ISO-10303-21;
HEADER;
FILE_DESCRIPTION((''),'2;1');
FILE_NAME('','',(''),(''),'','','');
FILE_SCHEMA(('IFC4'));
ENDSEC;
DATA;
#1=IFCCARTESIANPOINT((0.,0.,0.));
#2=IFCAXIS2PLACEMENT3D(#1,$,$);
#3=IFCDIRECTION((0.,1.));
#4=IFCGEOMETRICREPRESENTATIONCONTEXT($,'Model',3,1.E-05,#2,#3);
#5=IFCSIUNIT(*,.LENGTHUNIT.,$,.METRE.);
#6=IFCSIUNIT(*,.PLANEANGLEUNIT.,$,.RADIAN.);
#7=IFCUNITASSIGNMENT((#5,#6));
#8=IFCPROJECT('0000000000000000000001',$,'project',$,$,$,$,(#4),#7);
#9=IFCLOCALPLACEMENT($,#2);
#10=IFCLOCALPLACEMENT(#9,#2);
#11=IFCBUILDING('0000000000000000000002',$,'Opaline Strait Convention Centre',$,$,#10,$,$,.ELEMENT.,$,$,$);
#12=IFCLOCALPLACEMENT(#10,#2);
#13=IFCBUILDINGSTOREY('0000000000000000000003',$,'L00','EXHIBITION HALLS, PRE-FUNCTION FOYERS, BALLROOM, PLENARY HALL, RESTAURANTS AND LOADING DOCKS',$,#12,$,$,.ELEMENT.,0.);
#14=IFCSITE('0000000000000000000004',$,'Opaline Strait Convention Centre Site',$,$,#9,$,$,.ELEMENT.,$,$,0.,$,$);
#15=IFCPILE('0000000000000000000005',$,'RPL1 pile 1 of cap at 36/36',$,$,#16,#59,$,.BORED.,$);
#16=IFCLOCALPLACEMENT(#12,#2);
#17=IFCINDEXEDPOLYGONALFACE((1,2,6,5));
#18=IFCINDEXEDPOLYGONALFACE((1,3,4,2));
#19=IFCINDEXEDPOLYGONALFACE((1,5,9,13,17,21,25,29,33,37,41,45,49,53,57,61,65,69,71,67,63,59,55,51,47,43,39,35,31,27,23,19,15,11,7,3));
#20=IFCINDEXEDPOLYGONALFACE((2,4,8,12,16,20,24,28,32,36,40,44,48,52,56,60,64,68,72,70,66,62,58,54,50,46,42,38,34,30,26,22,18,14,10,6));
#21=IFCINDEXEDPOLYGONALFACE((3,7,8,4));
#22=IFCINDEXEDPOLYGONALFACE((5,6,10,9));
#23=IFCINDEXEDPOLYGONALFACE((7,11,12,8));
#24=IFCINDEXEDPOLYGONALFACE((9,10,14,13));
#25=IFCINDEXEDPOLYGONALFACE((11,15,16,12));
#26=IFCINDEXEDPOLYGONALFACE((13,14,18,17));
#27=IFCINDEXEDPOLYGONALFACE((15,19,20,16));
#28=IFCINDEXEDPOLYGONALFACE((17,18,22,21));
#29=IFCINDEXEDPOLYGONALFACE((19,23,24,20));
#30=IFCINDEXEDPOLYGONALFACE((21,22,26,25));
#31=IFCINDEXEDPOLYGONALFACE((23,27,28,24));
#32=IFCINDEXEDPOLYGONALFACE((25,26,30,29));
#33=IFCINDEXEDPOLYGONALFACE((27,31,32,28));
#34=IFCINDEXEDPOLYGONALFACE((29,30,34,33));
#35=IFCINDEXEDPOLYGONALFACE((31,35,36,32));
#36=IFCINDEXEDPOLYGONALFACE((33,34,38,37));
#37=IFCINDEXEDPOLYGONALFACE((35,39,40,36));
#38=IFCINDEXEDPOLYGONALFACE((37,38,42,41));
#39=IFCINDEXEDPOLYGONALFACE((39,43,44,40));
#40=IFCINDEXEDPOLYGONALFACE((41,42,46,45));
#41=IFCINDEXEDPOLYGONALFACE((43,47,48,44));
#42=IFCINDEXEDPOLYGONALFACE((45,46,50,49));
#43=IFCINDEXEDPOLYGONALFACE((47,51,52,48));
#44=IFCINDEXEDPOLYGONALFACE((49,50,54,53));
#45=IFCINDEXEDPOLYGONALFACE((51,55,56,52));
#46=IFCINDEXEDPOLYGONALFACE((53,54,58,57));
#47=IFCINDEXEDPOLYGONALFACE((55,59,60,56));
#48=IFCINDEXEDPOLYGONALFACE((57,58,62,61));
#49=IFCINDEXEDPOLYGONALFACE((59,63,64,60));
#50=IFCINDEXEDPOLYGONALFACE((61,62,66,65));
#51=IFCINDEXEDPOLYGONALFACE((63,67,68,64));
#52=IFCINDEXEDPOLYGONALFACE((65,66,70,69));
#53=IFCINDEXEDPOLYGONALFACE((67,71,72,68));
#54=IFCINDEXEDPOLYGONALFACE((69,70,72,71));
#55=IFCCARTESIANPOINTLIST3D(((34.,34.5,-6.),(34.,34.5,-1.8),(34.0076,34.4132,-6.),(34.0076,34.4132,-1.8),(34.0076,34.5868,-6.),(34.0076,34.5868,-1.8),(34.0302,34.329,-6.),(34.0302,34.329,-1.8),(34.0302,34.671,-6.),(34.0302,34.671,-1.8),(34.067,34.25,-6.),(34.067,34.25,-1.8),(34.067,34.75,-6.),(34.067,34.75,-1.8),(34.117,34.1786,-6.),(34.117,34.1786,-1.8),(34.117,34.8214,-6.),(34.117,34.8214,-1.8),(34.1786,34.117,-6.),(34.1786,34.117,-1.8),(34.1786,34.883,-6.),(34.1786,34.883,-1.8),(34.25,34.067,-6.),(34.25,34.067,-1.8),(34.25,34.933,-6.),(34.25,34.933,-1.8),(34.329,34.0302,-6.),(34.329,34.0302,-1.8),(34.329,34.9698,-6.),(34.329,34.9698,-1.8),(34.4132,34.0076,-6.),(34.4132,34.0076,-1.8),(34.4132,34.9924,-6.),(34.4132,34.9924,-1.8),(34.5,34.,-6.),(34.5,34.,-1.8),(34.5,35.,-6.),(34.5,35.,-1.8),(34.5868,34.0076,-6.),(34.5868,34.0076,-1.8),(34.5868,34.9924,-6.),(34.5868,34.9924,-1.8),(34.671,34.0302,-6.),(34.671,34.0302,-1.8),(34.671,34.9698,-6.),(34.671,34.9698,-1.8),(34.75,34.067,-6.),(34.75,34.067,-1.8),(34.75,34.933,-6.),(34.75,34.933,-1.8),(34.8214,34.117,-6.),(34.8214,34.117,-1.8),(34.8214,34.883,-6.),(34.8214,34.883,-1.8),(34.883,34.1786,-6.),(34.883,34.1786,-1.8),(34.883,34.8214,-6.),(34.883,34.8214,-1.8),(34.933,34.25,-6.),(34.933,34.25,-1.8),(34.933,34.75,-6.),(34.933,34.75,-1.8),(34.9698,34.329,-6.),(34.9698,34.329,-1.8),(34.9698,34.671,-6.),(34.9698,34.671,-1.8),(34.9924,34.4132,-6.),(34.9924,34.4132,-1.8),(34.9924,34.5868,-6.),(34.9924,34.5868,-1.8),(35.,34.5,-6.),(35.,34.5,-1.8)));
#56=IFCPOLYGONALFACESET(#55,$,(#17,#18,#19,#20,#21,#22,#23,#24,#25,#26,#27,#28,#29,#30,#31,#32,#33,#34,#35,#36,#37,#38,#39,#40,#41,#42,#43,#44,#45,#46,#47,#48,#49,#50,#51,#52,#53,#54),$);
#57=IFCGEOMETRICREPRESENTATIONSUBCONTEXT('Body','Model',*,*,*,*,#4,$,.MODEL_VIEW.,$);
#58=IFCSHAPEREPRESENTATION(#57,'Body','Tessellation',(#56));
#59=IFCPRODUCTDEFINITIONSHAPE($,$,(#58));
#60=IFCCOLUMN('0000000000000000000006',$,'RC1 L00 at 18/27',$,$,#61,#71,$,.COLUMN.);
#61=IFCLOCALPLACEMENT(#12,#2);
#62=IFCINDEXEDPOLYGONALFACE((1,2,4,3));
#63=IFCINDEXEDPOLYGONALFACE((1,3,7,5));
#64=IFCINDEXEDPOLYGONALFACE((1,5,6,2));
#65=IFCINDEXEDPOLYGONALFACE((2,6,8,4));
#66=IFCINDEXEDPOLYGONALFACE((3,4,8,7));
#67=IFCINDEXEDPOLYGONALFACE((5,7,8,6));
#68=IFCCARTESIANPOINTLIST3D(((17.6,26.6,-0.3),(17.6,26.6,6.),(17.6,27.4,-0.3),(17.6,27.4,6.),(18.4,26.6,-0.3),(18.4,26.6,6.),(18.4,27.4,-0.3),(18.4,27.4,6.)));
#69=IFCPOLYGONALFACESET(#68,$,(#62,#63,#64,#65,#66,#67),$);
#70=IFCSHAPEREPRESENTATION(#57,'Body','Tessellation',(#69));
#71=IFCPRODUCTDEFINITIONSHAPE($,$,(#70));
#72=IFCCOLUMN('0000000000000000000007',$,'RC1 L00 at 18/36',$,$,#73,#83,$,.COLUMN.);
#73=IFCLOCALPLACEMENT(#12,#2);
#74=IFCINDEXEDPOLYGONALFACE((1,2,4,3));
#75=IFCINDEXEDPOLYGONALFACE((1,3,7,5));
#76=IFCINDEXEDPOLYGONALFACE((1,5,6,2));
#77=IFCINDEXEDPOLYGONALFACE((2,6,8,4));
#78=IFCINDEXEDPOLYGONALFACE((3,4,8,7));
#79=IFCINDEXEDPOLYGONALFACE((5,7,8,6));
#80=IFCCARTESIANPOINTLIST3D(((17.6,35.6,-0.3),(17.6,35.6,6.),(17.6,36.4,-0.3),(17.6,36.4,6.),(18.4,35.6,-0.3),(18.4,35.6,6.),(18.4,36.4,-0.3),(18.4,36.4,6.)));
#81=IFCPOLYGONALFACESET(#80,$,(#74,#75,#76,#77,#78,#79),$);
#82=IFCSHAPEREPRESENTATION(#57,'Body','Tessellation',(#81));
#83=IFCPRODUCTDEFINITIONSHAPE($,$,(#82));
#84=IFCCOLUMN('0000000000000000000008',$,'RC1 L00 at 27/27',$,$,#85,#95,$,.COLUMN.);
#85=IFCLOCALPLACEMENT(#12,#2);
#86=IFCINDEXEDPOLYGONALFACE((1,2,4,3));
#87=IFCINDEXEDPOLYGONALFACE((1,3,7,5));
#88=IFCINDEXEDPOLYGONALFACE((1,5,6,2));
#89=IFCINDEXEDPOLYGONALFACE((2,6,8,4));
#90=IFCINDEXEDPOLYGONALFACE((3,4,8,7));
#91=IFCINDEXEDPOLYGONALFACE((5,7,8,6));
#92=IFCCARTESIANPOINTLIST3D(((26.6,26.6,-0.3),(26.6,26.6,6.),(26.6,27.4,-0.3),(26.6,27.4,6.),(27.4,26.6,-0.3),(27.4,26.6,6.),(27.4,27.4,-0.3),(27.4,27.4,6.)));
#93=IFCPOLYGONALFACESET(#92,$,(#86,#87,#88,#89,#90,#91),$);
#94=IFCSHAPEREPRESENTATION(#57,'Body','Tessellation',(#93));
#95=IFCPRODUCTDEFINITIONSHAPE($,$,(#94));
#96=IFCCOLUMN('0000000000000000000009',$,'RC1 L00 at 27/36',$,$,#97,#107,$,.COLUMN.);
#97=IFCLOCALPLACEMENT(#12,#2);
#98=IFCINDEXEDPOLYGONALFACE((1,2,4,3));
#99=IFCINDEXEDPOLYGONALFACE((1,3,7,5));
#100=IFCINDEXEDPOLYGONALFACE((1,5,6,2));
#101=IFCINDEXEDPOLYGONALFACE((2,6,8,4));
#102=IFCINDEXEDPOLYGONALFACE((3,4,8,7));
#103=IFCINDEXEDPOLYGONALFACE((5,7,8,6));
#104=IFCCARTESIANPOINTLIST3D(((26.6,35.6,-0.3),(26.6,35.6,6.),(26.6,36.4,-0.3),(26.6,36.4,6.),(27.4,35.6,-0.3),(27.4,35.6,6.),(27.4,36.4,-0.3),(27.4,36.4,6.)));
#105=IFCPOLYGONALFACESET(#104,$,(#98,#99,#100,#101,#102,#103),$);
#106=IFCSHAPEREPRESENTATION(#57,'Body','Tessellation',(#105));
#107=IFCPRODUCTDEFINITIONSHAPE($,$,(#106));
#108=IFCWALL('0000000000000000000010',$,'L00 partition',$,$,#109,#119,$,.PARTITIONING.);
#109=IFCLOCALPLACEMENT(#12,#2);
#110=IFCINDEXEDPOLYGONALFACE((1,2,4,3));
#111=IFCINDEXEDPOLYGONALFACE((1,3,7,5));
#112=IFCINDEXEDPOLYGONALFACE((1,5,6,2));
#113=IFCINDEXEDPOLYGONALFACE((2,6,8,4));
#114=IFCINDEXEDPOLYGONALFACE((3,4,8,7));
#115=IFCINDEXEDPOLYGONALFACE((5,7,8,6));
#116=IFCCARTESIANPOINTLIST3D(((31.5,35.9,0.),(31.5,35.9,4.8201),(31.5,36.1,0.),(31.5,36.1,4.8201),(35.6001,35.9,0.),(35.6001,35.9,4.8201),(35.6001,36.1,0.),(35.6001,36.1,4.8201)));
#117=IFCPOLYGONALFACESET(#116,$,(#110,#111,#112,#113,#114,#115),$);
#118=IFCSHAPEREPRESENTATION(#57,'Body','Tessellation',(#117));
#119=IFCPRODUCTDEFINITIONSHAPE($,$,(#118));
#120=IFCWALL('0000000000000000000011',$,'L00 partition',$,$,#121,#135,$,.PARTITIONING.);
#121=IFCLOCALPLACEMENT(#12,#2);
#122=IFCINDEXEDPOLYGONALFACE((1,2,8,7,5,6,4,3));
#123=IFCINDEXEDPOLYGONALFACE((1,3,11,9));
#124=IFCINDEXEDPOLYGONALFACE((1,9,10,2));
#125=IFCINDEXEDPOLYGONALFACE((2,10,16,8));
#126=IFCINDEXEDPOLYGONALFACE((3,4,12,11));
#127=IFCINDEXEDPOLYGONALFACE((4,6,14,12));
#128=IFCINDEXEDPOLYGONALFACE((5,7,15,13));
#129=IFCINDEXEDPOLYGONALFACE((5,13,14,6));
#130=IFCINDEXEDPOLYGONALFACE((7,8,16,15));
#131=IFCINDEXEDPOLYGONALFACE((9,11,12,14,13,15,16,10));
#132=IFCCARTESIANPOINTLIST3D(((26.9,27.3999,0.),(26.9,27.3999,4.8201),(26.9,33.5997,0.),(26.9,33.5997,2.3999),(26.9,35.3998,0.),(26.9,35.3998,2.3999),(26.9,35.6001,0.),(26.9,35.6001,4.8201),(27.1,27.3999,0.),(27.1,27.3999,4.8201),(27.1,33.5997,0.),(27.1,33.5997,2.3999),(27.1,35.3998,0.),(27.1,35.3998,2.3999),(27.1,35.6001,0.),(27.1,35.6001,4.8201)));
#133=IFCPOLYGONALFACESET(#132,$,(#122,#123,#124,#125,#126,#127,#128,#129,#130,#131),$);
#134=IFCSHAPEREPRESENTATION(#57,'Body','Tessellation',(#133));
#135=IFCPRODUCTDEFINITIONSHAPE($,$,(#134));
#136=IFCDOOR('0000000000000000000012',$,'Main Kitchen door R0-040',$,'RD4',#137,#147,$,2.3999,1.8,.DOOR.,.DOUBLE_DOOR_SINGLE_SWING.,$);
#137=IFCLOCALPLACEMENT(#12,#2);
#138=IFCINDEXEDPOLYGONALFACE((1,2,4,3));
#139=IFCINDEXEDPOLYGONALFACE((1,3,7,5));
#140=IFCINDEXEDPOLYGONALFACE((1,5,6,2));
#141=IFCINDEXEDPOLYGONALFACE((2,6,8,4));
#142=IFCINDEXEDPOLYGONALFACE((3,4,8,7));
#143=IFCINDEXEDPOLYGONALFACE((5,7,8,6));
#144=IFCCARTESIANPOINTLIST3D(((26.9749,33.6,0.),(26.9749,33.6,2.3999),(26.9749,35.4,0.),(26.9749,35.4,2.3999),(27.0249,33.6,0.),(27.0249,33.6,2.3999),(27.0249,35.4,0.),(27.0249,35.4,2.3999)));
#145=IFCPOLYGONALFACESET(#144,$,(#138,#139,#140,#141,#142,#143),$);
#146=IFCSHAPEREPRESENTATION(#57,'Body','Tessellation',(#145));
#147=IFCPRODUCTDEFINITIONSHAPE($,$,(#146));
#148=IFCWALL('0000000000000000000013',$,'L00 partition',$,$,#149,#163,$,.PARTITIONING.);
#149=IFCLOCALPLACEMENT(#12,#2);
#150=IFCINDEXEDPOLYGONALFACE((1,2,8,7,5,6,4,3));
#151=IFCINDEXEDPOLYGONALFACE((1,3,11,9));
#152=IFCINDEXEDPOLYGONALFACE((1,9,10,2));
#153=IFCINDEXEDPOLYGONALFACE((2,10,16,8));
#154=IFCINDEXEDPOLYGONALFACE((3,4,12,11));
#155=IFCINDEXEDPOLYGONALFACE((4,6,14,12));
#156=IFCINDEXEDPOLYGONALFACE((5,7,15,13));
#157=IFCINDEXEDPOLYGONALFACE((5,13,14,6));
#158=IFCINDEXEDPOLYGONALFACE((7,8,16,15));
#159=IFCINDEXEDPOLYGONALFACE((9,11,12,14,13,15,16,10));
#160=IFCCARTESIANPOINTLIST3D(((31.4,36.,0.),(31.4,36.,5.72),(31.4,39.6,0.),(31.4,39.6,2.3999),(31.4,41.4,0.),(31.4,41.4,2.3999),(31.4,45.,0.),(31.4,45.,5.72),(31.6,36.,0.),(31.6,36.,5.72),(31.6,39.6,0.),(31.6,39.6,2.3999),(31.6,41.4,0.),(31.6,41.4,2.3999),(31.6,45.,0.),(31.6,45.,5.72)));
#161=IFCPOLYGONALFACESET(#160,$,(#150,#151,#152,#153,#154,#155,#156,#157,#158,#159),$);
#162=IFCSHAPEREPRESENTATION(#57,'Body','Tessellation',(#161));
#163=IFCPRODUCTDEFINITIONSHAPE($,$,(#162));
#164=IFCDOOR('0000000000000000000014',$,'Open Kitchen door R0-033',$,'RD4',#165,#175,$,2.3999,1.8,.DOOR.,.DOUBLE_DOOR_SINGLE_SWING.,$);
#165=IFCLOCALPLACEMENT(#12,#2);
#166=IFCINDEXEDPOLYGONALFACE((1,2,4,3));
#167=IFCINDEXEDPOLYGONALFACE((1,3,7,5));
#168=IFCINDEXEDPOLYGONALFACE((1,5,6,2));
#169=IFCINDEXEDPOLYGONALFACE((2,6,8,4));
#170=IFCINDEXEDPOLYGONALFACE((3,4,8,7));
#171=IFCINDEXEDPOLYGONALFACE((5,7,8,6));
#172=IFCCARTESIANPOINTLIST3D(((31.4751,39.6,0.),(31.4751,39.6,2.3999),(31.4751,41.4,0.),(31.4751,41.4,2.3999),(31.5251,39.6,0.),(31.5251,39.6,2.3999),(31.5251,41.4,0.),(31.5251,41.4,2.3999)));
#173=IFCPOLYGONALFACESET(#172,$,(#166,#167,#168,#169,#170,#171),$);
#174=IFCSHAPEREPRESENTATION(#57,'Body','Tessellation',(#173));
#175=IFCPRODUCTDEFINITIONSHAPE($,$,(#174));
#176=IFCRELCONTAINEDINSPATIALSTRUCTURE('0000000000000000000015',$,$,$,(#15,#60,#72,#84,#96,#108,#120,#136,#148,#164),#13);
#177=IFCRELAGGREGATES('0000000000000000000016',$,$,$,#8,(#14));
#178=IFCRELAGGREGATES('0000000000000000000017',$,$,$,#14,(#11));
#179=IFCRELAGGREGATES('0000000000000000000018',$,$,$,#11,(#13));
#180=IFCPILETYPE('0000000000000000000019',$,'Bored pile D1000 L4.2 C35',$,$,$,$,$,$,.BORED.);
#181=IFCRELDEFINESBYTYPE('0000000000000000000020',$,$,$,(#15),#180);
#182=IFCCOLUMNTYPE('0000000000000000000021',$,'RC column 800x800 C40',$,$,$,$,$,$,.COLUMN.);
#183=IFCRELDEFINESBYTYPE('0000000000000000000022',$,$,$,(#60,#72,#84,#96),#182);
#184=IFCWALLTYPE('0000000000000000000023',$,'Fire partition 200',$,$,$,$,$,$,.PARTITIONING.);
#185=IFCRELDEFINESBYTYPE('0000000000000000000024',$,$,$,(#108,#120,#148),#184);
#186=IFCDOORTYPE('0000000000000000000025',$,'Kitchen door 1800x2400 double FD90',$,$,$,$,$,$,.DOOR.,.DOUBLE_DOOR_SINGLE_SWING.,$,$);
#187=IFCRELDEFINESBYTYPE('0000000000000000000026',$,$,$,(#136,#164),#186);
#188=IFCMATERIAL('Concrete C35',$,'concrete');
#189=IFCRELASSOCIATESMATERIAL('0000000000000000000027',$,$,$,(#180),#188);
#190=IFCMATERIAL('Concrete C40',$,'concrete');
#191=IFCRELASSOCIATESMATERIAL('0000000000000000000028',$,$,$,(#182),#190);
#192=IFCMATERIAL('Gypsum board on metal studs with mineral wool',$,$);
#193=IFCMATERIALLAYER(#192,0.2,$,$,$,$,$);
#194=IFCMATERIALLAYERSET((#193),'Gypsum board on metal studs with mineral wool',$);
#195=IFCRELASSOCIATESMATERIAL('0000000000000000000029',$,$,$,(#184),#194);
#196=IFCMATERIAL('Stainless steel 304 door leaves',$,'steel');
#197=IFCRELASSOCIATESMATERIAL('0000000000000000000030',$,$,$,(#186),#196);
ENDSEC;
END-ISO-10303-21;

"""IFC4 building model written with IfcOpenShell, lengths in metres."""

from ifc_helpers import new_model, si_unit, direction, frame, frame_2d, origin, origin_2d, place, context, subcontext, project, spatial, rectangle, circle, extrude, material, layer, layer_set, material_profile, profile_set, type_object, element, fill, save


model = new_model("IFC4")

# Units and contexts
model_context = context("Model", 3, precision=1e-05, world=origin(), true_north=direction((0.0, 1.0)))
body_context = subcontext(model_context, "Body", "Model", "MODEL_VIEW")
ifc_project = project(units=[si_unit("LENGTHUNIT", "METRE"), si_unit("PLANEANGLEUNIT", "RADIAN")], contexts=[model_context])

# Site, building, storey
site_placement = place(None, origin())
site = spatial("IfcSite", under=ifc_project, at=site_placement, Name="Opaline Strait Convention Centre Site", CompositionType="ELEMENT", RefElevation=0.0)
building_placement = place(site_placement, origin())
building = spatial("IfcBuilding", under=site, at=building_placement, Name="Opaline Strait Convention Centre", CompositionType="ELEMENT")
storey_placement = place(building_placement, origin())
storey = spatial("IfcBuildingStorey", under=building, at=storey_placement, Name="L00", Description="EXHIBITION HALLS, PRE-FUNCTION FOYERS, BALLROOM, PLENARY HALL, RESTAURANTS AND LOADING DOCKS", CompositionType="ELEMENT", Elevation=0.0)

# Pile
ifc_material_1 = material(Name="Concrete C35", Category="concrete")
ifc_material_profile_1 = material_profile(ifc_material_1, circle(Radius=0.5, at=origin_2d()), Name="D1000")
ifc_profile_set_1 = profile_set([ifc_material_profile_1], Name="Concrete C35")
pile_type = type_object("IfcPileType", Name="Bored pile D1000 L4.2 C35", PredefinedType="BORED", material=ifc_profile_set_1)
for number, where, z_axis, x_axis, name in (
    (1, (34.5, 34.5, -1.8), (0.0, 0.0, -1.0), (1.0, 0.0, 0.0), "RPL1 pile 1 of cap at 36/36"),
):
    element("IfcPile", number, at=place(storey_placement, frame(where, z_axis=z_axis, x_axis=x_axis)), inside=storey, type_object=pile_type, Name=name, PredefinedType="BORED", context=body_context, shape_type="SweptSolid", body=[
        extrude(circle(Radius=0.5, at=origin_2d()), origin(), (0.0, 0.0, 1.0), 4.2),
    ])

# Columns
ifc_material_2 = material(Name="Concrete C40", Category="concrete")
ifc_material_profile_2 = material_profile(ifc_material_2, rectangle(XDim=0.8, YDim=0.8, at=origin_2d()), Name="RC 800x800")
ifc_profile_set_2 = profile_set([ifc_material_profile_2], Name="Concrete C40")
column_type = type_object("IfcColumnType", Name="RC column 800x800 C40", PredefinedType="COLUMN", material=ifc_profile_set_2)
for number, where, z_axis, x_axis, name in (
    (2, (18.0, 27.0, -0.3), (0.0, 0.0, 1.0), (1.0, 0.0, 0.0), "RC1 L00 at 18/27"),
    (3, (18.0, 36.0, -0.3), (0.0, 0.0, 1.0), (1.0, 0.0, 0.0), "RC1 L00 at 18/36"),
    (4, (27.0, 27.0, -0.3), (0.0, 0.0, 1.0), (1.0, 0.0, 0.0), "RC1 L00 at 27/27"),
    (5, (27.0, 36.0, -0.3), (0.0, 0.0, 1.0), (1.0, 0.0, 0.0), "RC1 L00 at 27/36"),
):
    element("IfcColumn", number, at=place(storey_placement, frame(where, z_axis=z_axis, x_axis=x_axis)), inside=storey, type_object=column_type, Name=name, PredefinedType="COLUMN", context=body_context, shape_type="SweptSolid", body=[
        extrude(rectangle(XDim=0.8, YDim=0.8, at=origin_2d()), origin(), (0.0, 0.0, 1.0), 6.3),
    ])

# Wall
ifc_material_3 = material(Name="Gypsum board on metal studs with mineral wool")
ifc_layer_1 = layer(ifc_material_3, 0.2)
ifc_layer_set_1 = layer_set([ifc_layer_1], Name="Gypsum board on metal studs with mineral wool")
wall_type_1 = type_object("IfcWallType", Name="Fire partition 200", PredefinedType="PARTITIONING", material=ifc_layer_set_1)
wall_1_placement = place(storey_placement, frame((31.5, 36.0, 0.0), z_axis=(0.0, 0.0, 1.0), x_axis=(1.0, 0.0, 0.0)))
element("IfcWall", 6, at=wall_1_placement, inside=storey, type_object=wall_type_1, Name="L00 partition", PredefinedType="PARTITIONING", context=body_context, shape_type="SweptSolid", body=[
    extrude(rectangle(XDim=4.1001, YDim=0.2, at=frame_2d((2.05, 0.0))), origin(), (0.0, 0.0, 1.0), 4.8201),
])

# Walls, openings, doors
wall_2_placement = place(storey_placement, frame((27.0, 27.3999, 0.0), z_axis=(0.0, 0.0, 1.0), x_axis=(0.0, 1.0, 0.0)))
wall_2 = element("IfcWall", 7, at=wall_2_placement, inside=storey, type_object=wall_type_1, Name="L00 partition", PredefinedType="PARTITIONING", context=body_context, shape_type="SweptSolid", body=[
    extrude(rectangle(XDim=8.2002, YDim=0.2, at=frame_2d((4.1001, 0.0))), origin(), (0.0, 0.0, 1.0), 4.8201),
])
opening_1_placement = place(wall_2_placement, frame((6.2, 0.0, 0.0)))
opening_1 = element("IfcOpeningElement", 8, at=opening_1_placement, cuts=wall_2, PredefinedType="OPENING", context=body_context, shape_type="SweptSolid", body=[
    extrude(rectangle(XDim=1.8, YDim=2.3999, at=frame_2d((0.8999, 1.2))), frame((0.0, 0.1099, 0.0), z_axis=(0.0, -1.0, 0.0), x_axis=(1.0, 0.0, 0.0)), (0.0, 0.0, 1.0), 0.22),
])
ifc_material_4 = material(Name="Stainless steel 304 door leaves", Category="steel")
door_type_1 = type_object("IfcDoorType", Name="Kitchen door 1800x2400 double FD90", OperationType="DOUBLE_DOOR_SINGLE_SWING", PredefinedType="DOOR", material=ifc_material_4)
door_1_placement = place(opening_1_placement, frame((1.8, 0.0, 0.0), z_axis=(0.0, 0.0, 1.0), x_axis=(-1.0, 0.0, 0.0)))
door_1 = element("IfcDoor", 9, at=door_1_placement, inside=storey, type_object=door_type_1, Name="Main Kitchen door R0-040", ObjectType="RD4", OperationType="DOUBLE_DOOR_SINGLE_SWING", OverallHeight=2.3999, OverallWidth=1.8, PredefinedType="DOOR", context=body_context, shape_type="SweptSolid", body=[
    extrude(rectangle(XDim=1.8, YDim=2.3999, at=frame_2d((0.8999, 1.2))), frame((0.0, 0.0249, 0.0), z_axis=(0.0, -1.0, 0.0), x_axis=(1.0, 0.0, 0.0)), (0.0, 0.0, 1.0), 0.05),
])
fill(opening_1, door_1)
wall_3_placement = place(storey_placement, frame((31.5, 36.0, 0.0), z_axis=(0.0, 0.0, 1.0), x_axis=(0.0, 1.0, 0.0)))
wall_3 = element("IfcWall", 10, at=wall_3_placement, inside=storey, type_object=wall_type_1, Name="L00 partition", PredefinedType="PARTITIONING", context=body_context, shape_type="SweptSolid", body=[
    extrude(rectangle(XDim=9.0, YDim=0.2, at=frame_2d((4.5, 0.0))), origin(), (0.0, 0.0, 1.0), 5.72),
])
opening_2_placement = place(wall_3_placement, frame((3.6001, 0.0, 0.0)))
opening_2 = element("IfcOpeningElement", 11, at=opening_2_placement, cuts=wall_3, PredefinedType="OPENING", context=body_context, shape_type="SweptSolid", body=[
    extrude(rectangle(XDim=1.8, YDim=2.3999, at=frame_2d((0.8999, 1.2))), frame((0.0, 0.1099, 0.0), z_axis=(0.0, -1.0, 0.0), x_axis=(1.0, 0.0, 0.0)), (0.0, 0.0, 1.0), 0.22),
])
door_2_placement = place(opening_2_placement, origin())
door_2 = element("IfcDoor", 12, at=door_2_placement, inside=storey, type_object=door_type_1, Name="Open Kitchen door R0-033", ObjectType="RD4", OperationType="DOUBLE_DOOR_SINGLE_SWING", OverallHeight=2.3999, OverallWidth=1.8, PredefinedType="DOOR", context=body_context, shape_type="SweptSolid", body=[
    extrude(rectangle(XDim=1.8, YDim=2.3999, at=frame_2d((0.8999, 1.2))), frame((0.0, 0.0249, 0.0), z_axis=(0.0, -1.0, 0.0), x_axis=(1.0, 0.0, 0.0)), (0.0, 0.0, 1.0), 0.05),
])
fill(opening_2, door_2)

save(model, "model.ifc")
